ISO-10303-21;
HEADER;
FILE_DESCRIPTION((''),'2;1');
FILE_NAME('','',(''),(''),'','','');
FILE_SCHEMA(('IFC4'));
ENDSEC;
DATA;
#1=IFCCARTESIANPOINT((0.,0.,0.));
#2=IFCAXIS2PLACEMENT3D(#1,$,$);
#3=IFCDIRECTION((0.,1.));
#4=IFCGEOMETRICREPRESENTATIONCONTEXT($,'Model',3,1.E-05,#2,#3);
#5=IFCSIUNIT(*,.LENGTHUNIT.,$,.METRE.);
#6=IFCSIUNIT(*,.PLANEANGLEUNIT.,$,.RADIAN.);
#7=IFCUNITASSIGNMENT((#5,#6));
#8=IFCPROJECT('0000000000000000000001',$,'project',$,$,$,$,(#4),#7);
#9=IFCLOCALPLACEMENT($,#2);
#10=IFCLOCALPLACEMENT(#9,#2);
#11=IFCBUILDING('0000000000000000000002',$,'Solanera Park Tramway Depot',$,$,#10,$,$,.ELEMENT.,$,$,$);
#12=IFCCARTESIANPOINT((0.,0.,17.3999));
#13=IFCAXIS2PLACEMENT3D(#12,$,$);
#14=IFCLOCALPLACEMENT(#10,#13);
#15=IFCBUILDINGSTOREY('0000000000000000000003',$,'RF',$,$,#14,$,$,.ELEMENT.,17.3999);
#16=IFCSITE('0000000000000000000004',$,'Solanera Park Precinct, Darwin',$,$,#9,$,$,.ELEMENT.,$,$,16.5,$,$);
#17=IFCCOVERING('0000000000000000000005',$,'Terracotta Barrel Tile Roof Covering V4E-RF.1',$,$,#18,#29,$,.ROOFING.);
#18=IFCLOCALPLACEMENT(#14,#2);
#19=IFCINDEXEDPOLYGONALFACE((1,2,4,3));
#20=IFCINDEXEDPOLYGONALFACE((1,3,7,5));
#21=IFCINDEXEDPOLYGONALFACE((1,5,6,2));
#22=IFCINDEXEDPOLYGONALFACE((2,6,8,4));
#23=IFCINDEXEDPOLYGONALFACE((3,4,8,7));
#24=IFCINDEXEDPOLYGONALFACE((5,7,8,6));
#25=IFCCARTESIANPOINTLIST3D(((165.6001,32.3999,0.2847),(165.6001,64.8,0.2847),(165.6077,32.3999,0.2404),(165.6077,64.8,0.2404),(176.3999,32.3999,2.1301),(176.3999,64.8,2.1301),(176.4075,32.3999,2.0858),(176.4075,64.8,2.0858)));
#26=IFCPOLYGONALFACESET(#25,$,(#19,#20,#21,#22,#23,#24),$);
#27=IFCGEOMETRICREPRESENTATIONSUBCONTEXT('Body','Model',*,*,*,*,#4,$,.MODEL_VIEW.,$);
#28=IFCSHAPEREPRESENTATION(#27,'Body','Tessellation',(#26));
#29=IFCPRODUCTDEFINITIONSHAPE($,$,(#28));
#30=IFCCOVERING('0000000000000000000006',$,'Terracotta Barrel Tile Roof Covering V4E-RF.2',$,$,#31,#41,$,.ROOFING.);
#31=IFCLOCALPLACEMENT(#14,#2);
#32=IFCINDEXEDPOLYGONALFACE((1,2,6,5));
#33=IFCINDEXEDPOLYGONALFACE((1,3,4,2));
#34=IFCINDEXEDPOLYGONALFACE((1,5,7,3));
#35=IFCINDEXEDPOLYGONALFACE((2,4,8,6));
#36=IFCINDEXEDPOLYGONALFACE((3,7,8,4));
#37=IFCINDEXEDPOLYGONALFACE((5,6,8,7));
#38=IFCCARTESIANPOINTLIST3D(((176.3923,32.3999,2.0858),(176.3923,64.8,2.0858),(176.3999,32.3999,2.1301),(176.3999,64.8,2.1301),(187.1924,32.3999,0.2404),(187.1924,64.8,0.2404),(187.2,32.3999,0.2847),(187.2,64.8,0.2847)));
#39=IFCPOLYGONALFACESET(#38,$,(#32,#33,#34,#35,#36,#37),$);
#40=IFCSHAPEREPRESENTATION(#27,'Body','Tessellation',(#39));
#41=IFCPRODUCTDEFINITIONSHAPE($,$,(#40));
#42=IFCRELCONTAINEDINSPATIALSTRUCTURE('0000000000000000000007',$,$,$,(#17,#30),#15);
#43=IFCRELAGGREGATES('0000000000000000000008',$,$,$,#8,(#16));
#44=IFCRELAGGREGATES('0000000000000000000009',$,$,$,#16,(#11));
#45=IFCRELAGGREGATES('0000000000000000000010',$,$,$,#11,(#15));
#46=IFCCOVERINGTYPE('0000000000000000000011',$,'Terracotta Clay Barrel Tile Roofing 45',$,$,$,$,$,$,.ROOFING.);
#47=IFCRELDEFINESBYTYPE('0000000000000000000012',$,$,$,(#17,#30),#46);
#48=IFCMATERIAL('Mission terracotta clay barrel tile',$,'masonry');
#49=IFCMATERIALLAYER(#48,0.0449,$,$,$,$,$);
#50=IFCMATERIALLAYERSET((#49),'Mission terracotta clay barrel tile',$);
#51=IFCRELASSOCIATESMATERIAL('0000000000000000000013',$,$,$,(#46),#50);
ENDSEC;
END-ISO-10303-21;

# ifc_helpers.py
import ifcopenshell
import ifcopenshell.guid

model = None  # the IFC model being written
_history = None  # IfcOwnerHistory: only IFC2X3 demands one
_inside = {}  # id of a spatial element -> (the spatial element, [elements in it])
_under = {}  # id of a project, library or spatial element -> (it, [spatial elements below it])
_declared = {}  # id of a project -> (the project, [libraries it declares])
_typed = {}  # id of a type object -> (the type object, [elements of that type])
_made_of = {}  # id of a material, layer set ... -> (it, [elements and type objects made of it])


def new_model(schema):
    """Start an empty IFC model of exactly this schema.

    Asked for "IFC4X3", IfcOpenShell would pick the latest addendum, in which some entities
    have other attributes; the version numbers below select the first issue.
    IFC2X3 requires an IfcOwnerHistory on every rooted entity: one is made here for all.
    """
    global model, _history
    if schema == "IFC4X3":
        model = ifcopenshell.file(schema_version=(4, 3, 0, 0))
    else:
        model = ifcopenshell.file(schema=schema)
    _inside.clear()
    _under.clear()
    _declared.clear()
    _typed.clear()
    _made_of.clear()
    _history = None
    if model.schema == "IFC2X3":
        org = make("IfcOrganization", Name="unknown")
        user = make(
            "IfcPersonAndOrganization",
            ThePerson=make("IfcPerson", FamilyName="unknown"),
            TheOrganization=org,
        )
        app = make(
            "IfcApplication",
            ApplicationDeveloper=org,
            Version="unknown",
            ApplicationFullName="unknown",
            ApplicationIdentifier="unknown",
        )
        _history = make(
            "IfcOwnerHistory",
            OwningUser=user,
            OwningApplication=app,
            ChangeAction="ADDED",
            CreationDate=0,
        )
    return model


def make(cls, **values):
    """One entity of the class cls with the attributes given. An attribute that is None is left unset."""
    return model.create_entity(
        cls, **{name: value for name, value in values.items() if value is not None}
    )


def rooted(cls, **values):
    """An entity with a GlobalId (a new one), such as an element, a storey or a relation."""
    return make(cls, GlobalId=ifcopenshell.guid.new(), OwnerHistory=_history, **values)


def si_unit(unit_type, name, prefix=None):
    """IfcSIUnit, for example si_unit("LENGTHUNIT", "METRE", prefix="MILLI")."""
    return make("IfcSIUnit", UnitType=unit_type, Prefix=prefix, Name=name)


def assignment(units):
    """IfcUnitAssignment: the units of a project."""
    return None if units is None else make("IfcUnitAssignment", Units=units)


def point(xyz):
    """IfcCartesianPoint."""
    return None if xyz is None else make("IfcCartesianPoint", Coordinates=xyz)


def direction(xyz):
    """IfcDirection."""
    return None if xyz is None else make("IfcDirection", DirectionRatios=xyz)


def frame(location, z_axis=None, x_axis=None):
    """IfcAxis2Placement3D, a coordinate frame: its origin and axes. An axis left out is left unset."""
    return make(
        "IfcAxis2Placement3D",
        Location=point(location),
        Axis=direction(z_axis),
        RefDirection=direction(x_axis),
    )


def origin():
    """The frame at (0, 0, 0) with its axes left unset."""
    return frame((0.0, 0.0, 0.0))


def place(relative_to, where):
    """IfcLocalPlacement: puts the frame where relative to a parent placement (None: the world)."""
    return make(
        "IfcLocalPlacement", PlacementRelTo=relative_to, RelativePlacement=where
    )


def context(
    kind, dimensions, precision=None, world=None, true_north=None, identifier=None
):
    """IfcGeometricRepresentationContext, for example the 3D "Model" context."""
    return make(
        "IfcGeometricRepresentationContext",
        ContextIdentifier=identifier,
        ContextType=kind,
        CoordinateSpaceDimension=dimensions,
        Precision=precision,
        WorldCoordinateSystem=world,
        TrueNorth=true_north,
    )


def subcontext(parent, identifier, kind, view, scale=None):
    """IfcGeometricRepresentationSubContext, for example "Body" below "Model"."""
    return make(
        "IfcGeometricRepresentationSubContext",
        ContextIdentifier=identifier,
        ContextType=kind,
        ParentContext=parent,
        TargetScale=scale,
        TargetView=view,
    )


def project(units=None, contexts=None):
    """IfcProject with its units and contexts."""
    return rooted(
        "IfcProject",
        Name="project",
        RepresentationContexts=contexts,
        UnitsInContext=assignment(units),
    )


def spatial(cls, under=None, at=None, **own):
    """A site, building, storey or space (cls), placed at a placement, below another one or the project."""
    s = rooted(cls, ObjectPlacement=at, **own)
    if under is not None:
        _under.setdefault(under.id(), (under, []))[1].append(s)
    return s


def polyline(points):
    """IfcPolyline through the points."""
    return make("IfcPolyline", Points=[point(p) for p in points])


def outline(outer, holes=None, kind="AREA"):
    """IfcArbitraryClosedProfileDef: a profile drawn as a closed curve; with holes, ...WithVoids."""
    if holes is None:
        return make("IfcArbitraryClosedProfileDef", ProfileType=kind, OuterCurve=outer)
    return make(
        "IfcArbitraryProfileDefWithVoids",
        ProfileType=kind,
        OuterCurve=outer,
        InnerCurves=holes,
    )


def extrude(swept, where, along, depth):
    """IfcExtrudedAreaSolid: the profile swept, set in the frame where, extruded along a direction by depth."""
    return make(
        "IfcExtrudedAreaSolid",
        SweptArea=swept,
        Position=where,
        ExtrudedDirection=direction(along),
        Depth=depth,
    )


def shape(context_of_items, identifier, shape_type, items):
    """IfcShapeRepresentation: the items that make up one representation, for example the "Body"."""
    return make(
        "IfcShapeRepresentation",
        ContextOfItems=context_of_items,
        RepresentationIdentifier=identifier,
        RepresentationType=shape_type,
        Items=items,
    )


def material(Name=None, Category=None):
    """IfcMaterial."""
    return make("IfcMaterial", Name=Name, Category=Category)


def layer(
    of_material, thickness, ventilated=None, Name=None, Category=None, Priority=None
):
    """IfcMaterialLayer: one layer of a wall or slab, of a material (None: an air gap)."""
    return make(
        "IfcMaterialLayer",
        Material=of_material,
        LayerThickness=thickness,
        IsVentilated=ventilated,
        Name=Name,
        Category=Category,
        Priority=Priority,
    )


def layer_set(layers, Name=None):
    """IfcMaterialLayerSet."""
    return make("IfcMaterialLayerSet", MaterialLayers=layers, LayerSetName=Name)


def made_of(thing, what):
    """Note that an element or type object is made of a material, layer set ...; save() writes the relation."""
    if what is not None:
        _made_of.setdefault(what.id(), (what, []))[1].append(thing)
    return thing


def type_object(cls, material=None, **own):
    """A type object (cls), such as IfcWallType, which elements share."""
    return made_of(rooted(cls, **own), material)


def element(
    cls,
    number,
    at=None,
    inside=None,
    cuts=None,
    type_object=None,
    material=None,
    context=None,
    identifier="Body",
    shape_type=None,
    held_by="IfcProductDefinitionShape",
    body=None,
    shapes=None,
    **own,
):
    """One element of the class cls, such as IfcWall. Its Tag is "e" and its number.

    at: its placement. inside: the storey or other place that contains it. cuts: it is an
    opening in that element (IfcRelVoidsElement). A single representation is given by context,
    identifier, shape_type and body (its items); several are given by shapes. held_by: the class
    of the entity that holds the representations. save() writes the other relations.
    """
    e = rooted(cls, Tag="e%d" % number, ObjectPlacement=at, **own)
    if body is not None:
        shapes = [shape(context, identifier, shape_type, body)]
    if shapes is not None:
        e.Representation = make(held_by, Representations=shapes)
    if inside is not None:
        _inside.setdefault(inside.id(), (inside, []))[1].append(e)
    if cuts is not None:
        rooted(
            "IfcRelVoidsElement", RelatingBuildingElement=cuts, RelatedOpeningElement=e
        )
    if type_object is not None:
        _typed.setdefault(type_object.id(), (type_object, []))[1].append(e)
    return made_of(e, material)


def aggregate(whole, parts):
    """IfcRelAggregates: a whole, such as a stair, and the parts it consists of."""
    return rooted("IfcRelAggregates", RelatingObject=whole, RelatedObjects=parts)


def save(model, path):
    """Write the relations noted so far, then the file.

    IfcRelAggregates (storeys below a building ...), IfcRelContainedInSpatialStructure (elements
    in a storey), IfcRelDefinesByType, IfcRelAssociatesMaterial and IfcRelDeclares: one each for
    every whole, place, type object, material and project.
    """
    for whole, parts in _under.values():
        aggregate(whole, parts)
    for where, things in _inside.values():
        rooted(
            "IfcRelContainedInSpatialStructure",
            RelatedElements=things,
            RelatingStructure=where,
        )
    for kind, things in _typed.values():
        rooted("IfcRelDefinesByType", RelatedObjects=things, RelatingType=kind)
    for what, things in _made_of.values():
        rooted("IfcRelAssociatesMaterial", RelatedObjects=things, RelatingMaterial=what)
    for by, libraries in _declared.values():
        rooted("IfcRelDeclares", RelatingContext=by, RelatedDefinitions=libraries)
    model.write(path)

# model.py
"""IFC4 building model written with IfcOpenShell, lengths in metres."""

from ifc_helpers import new_model, si_unit, direction, frame, origin, place, context, subcontext, project, spatial, polyline, outline, extrude, material, layer, layer_set, type_object, element, save


model = new_model("IFC4")

# Units and contexts
model_context = context("Model", 3, precision=1e-05, world=origin(), true_north=direction((0.0, 1.0)))
body_context = subcontext(model_context, "Body", "Model", "MODEL_VIEW")
ifc_project = project(units=[si_unit("LENGTHUNIT", "METRE"), si_unit("PLANEANGLEUNIT", "RADIAN")], contexts=[model_context])

# Site, building, storey
site_placement = place(None, origin())
site = spatial("IfcSite", under=ifc_project, at=site_placement, Name="Solanera Park Precinct, Darwin", CompositionType="ELEMENT", RefElevation=16.5)
building_placement = place(site_placement, origin())
building = spatial("IfcBuilding", under=site, at=building_placement, Name="Solanera Park Tramway Depot", CompositionType="ELEMENT")
storey_placement = place(building_placement, frame((0.0, 0.0, 17.3999)))
storey = spatial("IfcBuildingStorey", under=building, at=storey_placement, Name="RF", CompositionType="ELEMENT", Elevation=17.3999)

# Coverings
ifc_material_1 = material(Name="Mission terracotta clay barrel tile", Category="masonry")
ifc_layer_1 = layer(ifc_material_1, 0.0449)
ifc_layer_set_1 = layer_set([ifc_layer_1], Name="Mission terracotta clay barrel tile")
covering_type = type_object("IfcCoveringType", Name="Terracotta Clay Barrel Tile Roofing 45", PredefinedType="ROOFING", material=ifc_layer_set_1)
covering_1_placement = place(storey_placement, frame((165.6001, 32.3999, 0.2847), z_axis=(-0.168437, 0.0, 0.985712), x_axis=(0.985712, 0.0, 0.168437)))
element("IfcCovering", 1, at=covering_1_placement, inside=storey, type_object=covering_type, Name="Terracotta Barrel Tile Roof Covering V4E-RF.1", PredefinedType="ROOFING", context=body_context, shape_type="SweptSolid", body=[
    extrude(outline(polyline([(0.0, 0.0), (10.9563, 0.0), (10.9563, 32.4001), (0.0, 32.4001), (0.0, 0.0)])), origin(), (0.0, 0.0, -1.0), 0.0449),
])
covering_2_placement = place(storey_placement, frame((176.3999, 32.3999, 2.1301), z_axis=(0.168434, 0.0, 0.985713), x_axis=(0.985713, 0.0, -0.168434)))
element("IfcCovering", 2, at=covering_2_placement, inside=storey, type_object=covering_type, Name="Terracotta Barrel Tile Roof Covering V4E-RF.2", PredefinedType="ROOFING", context=body_context, shape_type="SweptSolid", body=[
    extrude(outline(polyline([(0.0, 0.0), (10.9566, 0.0), (10.9566, 32.4001), (0.0, 32.4001), (0.0, 0.0)])), origin(), (0.0, 0.0, -1.0), 0.0449),
])

save(model, "model.ifc")
